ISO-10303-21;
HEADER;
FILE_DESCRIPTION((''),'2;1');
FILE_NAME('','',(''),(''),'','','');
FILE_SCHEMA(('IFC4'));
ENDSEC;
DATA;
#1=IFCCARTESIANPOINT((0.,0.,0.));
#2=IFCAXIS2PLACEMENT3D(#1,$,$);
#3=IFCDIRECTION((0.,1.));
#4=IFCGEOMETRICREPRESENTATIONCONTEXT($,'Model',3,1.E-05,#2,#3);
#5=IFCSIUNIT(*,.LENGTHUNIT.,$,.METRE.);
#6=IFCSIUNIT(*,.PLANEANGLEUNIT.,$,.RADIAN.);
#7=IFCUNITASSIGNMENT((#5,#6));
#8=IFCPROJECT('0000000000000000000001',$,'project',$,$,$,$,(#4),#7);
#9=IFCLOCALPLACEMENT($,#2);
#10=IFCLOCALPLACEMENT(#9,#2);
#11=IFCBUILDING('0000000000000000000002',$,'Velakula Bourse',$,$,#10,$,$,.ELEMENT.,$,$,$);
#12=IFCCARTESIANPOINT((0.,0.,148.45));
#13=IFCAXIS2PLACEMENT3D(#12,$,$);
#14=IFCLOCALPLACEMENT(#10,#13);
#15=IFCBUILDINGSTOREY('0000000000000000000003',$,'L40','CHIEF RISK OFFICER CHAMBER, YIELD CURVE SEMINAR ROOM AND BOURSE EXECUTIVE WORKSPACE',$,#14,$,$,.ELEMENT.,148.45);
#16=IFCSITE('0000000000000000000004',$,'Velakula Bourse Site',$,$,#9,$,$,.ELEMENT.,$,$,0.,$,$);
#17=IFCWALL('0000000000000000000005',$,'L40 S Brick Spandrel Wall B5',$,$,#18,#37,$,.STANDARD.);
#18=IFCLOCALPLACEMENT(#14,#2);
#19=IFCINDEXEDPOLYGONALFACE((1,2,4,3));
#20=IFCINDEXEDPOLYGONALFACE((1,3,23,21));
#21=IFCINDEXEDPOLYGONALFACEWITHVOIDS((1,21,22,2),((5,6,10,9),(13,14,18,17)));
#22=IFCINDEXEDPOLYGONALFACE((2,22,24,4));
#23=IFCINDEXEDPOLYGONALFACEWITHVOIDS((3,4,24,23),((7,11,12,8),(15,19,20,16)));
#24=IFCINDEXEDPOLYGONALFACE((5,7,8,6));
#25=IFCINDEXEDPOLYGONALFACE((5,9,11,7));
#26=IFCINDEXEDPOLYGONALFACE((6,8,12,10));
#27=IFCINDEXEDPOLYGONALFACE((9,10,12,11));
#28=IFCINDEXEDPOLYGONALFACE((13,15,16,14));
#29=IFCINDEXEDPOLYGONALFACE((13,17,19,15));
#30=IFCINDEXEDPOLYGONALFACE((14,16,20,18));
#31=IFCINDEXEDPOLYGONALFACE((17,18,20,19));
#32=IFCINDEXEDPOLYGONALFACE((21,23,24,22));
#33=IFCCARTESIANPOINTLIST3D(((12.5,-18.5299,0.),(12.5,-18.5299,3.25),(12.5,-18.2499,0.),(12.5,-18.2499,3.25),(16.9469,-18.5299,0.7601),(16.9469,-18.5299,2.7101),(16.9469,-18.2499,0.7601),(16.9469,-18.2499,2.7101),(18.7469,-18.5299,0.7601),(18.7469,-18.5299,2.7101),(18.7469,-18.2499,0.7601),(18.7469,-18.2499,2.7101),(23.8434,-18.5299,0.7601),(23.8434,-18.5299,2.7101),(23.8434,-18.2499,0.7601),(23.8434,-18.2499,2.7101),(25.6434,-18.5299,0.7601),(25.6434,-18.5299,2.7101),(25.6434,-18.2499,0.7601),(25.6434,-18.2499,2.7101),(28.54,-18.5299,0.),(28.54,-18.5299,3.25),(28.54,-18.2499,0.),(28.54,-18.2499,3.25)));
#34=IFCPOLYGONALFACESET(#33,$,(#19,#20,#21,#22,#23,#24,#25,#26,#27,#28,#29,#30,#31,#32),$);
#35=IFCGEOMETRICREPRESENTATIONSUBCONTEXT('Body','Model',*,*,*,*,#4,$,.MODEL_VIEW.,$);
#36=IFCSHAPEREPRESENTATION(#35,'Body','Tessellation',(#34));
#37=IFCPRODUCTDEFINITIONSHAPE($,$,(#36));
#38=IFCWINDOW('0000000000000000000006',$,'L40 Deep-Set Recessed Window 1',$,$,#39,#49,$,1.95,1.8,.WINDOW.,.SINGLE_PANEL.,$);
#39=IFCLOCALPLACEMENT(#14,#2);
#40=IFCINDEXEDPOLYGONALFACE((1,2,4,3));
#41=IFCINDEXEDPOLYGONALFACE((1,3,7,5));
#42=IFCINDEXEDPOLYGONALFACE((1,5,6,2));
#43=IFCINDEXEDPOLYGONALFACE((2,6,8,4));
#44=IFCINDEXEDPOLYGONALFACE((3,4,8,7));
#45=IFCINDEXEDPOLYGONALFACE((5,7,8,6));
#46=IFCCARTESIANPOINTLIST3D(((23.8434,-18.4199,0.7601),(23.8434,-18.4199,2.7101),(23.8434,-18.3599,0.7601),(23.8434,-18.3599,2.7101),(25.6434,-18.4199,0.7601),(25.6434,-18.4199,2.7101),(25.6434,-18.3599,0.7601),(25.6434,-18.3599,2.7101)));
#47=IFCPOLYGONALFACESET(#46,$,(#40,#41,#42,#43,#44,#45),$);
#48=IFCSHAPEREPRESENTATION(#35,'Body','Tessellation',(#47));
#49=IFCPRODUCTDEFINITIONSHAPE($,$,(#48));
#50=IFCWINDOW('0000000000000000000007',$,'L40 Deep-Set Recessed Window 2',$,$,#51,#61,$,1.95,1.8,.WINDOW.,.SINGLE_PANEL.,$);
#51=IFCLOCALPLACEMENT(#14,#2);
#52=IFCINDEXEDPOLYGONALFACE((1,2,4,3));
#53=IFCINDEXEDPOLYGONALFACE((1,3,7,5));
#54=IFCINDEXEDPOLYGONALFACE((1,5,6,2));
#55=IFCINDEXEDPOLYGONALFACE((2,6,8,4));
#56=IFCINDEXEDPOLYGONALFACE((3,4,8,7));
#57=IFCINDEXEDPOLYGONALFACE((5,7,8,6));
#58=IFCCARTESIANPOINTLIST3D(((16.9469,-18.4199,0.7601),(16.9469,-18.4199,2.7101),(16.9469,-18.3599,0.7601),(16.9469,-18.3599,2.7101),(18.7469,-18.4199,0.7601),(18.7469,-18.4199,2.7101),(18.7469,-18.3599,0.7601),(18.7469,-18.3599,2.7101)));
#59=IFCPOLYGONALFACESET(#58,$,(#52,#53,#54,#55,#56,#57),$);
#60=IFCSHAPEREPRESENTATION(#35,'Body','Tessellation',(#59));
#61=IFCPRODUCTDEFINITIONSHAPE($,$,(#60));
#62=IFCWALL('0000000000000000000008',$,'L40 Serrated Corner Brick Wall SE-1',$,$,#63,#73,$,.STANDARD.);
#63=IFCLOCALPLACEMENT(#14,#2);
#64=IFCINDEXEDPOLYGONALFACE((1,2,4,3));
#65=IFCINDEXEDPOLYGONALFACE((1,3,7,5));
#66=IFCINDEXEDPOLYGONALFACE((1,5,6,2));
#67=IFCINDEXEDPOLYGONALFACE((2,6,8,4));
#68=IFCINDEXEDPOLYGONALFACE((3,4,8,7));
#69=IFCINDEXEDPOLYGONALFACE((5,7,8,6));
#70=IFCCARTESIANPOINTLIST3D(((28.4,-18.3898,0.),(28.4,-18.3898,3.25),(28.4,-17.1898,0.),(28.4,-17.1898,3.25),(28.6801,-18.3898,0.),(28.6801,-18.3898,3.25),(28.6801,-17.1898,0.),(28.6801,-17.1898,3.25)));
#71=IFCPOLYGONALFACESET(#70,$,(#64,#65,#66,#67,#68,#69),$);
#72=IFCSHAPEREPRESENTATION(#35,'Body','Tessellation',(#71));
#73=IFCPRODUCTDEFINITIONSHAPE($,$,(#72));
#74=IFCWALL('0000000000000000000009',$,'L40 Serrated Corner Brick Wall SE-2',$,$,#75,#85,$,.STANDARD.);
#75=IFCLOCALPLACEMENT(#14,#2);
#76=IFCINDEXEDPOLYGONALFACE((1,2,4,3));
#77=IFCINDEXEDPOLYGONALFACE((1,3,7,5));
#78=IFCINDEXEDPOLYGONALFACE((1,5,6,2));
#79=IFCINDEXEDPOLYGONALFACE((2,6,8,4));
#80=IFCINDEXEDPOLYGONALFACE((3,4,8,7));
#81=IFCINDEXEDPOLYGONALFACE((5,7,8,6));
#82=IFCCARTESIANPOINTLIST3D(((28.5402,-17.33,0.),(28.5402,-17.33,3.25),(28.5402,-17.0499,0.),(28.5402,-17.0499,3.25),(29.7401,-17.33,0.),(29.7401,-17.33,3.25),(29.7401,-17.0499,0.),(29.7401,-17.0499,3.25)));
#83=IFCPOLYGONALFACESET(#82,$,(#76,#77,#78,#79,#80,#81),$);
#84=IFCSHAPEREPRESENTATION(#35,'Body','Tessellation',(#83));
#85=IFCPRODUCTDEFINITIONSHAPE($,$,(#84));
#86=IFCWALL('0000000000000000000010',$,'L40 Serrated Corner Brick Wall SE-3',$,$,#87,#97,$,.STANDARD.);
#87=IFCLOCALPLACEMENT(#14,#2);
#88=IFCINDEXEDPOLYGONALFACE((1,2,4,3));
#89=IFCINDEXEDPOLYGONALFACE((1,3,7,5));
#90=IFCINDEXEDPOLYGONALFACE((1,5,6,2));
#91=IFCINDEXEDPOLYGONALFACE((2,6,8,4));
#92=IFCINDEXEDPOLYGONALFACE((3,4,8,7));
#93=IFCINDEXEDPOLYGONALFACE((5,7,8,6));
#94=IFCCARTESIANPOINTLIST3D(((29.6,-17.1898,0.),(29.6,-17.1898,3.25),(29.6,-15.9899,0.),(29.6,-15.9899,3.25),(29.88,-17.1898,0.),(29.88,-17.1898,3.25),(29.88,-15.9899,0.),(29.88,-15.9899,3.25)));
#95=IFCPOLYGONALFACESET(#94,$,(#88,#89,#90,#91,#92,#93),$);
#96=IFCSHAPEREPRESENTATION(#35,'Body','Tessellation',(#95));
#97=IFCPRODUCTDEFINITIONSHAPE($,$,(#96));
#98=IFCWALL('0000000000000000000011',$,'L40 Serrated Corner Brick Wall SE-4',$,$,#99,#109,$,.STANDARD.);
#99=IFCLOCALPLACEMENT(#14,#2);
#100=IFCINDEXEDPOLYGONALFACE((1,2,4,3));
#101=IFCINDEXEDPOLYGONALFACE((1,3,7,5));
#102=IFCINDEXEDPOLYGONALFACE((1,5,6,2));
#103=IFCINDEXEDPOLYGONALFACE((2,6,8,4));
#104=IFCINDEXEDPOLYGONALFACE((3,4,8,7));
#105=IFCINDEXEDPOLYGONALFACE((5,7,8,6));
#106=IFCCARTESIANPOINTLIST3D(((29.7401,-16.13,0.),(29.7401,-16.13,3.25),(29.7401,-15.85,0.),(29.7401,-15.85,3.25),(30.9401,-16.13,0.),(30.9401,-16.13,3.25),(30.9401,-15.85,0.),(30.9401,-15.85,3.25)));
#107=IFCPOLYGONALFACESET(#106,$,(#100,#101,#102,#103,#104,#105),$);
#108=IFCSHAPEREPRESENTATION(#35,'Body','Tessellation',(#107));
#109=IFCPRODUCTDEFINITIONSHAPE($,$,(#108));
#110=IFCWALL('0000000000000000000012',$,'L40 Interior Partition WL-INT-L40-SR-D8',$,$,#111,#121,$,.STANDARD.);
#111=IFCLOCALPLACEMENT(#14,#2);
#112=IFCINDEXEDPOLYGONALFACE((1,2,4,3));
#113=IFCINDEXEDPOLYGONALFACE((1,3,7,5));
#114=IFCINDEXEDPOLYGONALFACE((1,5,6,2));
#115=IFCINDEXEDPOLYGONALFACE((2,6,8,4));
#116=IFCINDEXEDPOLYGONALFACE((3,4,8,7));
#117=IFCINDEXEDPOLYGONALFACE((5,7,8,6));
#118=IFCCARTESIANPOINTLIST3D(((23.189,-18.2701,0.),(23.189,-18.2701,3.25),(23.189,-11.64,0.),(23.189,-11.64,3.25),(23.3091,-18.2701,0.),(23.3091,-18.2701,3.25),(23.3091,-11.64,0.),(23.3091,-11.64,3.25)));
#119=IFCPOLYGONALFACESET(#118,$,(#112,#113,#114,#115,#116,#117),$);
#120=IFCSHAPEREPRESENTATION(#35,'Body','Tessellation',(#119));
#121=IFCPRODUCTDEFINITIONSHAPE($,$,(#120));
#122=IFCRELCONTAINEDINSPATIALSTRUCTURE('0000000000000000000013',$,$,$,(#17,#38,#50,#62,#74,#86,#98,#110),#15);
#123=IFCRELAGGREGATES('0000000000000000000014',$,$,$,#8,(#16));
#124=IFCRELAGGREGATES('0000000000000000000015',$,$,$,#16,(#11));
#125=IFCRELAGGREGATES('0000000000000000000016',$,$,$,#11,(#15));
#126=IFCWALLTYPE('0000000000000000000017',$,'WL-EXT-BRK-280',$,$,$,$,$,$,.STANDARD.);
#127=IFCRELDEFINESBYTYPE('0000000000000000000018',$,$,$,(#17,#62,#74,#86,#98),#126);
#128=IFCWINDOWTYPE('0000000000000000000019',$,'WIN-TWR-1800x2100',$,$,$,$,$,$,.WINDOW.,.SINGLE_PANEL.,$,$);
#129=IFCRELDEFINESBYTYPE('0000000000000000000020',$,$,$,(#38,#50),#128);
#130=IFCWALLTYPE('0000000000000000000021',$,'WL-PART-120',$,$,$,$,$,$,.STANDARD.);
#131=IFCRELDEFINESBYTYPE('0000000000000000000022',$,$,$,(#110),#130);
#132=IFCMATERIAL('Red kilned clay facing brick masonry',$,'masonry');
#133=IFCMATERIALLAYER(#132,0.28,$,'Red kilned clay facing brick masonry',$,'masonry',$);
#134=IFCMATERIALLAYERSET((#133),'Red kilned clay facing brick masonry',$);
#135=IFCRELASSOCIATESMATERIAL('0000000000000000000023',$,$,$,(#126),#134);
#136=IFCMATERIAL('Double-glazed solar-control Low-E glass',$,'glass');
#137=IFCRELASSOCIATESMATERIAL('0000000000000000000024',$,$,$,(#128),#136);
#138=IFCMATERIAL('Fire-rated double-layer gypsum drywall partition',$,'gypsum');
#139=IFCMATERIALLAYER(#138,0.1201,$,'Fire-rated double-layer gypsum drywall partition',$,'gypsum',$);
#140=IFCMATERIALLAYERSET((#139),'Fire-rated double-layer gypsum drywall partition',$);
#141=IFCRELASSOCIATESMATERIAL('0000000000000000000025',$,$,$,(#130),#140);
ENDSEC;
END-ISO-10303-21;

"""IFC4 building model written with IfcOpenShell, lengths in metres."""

from ifc_helpers import new_model, si_unit, direction, frame, frame_2d, origin, place, context, subcontext, project, spatial, rectangle, extrude, material, layer, layer_set, type_object, element, fill, save


model = new_model("IFC4")

# Units and contexts
model_context = context("Model", 3, precision=1e-05, world=origin(), true_north=direction((0.0, 1.0)))
body_context = subcontext(model_context, "Body", "Model", "MODEL_VIEW")
ifc_project = project(units=[si_unit("LENGTHUNIT", "METRE"), si_unit("PLANEANGLEUNIT", "RADIAN")], contexts=[model_context])

# Site, building, storey
site_placement = place(None, origin())
site = spatial("IfcSite", under=ifc_project, at=site_placement, Name="Velakula Bourse Site", CompositionType="ELEMENT", RefElevation=0.0)
building_placement = place(site_placement, origin())
building = spatial("IfcBuilding", under=site, at=building_placement, Name="Velakula Bourse", CompositionType="ELEMENT")
storey_placement = place(building_placement, frame((0.0, 0.0, 148.45)))
storey = spatial("IfcBuildingStorey", under=building, at=storey_placement, Name="L40", Description="CHIEF RISK OFFICER CHAMBER, YIELD CURVE SEMINAR ROOM AND BOURSE EXECUTIVE WORKSPACE", CompositionType="ELEMENT", Elevation=148.45)

# Wall, openings, windows
ifc_material_1 = material(Name="Red kilned clay facing brick masonry", Category="masonry")
ifc_layer_1 = layer(ifc_material_1, 0.28, Name="Red kilned clay facing brick masonry", Category="masonry")
ifc_layer_set_1 = layer_set([ifc_layer_1], Name="Red kilned clay facing brick masonry")
wall_type_1 = type_object("IfcWallType", Name="WL-EXT-BRK-280", PredefinedType="STANDARD", material=ifc_layer_set_1)
wall_1_placement = place(storey_placement, frame((28.54, -18.3899, 0.0), z_axis=(0.0, 0.0, 1.0), x_axis=(-1.0, 0.0, 0.0)))
wall_1 = element("IfcWall", 1, at=wall_1_placement, inside=storey, type_object=wall_type_1, Name="L40 S Brick Spandrel Wall B5", PredefinedType="STANDARD", context=body_context, shape_type="SweptSolid", body=[
    extrude(rectangle(XDim=16.04, YDim=0.28, at=frame_2d((8.02, 0.0))), origin(), (0.0, 0.0, 1.0), 3.25),
])
opening_1_placement = place(wall_1_placement, frame((2.8967, 0.0, 0.76)))
opening_1 = element("IfcOpeningElement", 2, at=opening_1_placement, cuts=wall_1, PredefinedType="OPENING", context=body_context, shape_type="SweptSolid", body=[
    extrude(rectangle(XDim=1.8, YDim=1.95, at=frame_2d((0.8999, 0.9751))), frame((0.0, 0.1499, 0.0), z_axis=(0.0, -1.0, 0.0), x_axis=(1.0, 0.0, 0.0)), (0.0, 0.0, 1.0), 0.3),
])
opening_2_placement = place(wall_1_placement, frame((9.7932, 0.0, 0.76)))
opening_2 = element("IfcOpeningElement", 3, at=opening_2_placement, cuts=wall_1, PredefinedType="OPENING", context=body_context, shape_type="SweptSolid", body=[
    extrude(rectangle(XDim=1.8, YDim=1.95, at=frame_2d((0.8999, 0.9751))), frame((0.0, 0.1499, 0.0), z_axis=(0.0, -1.0, 0.0), x_axis=(1.0, 0.0, 0.0)), (0.0, 0.0, 1.0), 0.3),
])
ifc_material_2 = material(Name="Double-glazed solar-control Low-E glass", Category="glass")
window_type = type_object("IfcWindowType", Name="WIN-TWR-1800x2100", PartitioningType="SINGLE_PANEL", PredefinedType="WINDOW", material=ifc_material_2)
window_1_placement = place(opening_1_placement, origin())
window_1 = element("IfcWindow", 4, at=window_1_placement, inside=storey, type_object=window_type, Name="L40 Deep-Set Recessed Window 1", OverallHeight=1.95, OverallWidth=1.8, PartitioningType="SINGLE_PANEL", PredefinedType="WINDOW", context=body_context, shape_type="SweptSolid", body=[
    extrude(rectangle(XDim=1.8, YDim=1.95, at=frame_2d((0.8999, 0.9751))), frame((0.0, 0.03, 0.0), z_axis=(0.0, -1.0, 0.0), x_axis=(1.0, 0.0, 0.0)), (0.0, 0.0, 1.0), 0.0601),
])
fill(opening_1, window_1)
window_2_placement = place(opening_2_placement, origin())
window_2 = element("IfcWindow", 5, at=window_2_placement, inside=storey, type_object=window_type, Name="L40 Deep-Set Recessed Window 2", OverallHeight=1.95, OverallWidth=1.8, PartitioningType="SINGLE_PANEL", PredefinedType="WINDOW", context=body_context, shape_type="SweptSolid", body=[
    extrude(rectangle(XDim=1.8, YDim=1.95, at=frame_2d((0.8999, 0.9751))), frame((0.0, 0.03, 0.0), z_axis=(0.0, -1.0, 0.0), x_axis=(1.0, 0.0, 0.0)), (0.0, 0.0, 1.0), 0.0601),
])
fill(opening_2, window_2)

# Walls
for number, where, z_axis, x_axis, name in (
    (6, (28.54, -18.3899, 0.0), (0.0, 0.0, 1.0), (0.0, 1.0, 0.0), "L40 Serrated Corner Brick Wall SE-1"),
    (7, (28.54, -17.1899, 0.0), (0.0, 0.0, 1.0), (1.0, 0.0, 0.0), "L40 Serrated Corner Brick Wall SE-2"),
    (8, (29.74, -17.1899, 0.0), (0.0, 0.0, 1.0), (0.0, 1.0, 0.0), "L40 Serrated Corner Brick Wall SE-3"),
    (9, (29.74, -15.99, 0.0), (0.0, 0.0, 1.0), (1.0, 0.0, 0.0), "L40 Serrated Corner Brick Wall SE-4"),
):
    element("IfcWall", number, at=place(storey_placement, frame(where, z_axis=z_axis, x_axis=x_axis)), inside=storey, type_object=wall_type_1, Name=name, PredefinedType="STANDARD", context=body_context, shape_type="SweptSolid", body=[
        extrude(rectangle(XDim=1.2, YDim=0.28, at=frame_2d((0.6001, 0.0))), origin(), (0.0, 0.0, 1.0), 3.25),
    ])
ifc_material_3 = material(Name="Fire-rated double-layer gypsum drywall partition", Category="gypsum")
ifc_layer_2 = layer(ifc_material_3, 0.1201, Name="Fire-rated double-layer gypsum drywall partition", Category="gypsum")
ifc_layer_set_2 = layer_set([ifc_layer_2], Name="Fire-rated double-layer gypsum drywall partition")
wall_type_2 = type_object("IfcWallType", Name="WL-PART-120", PredefinedType="STANDARD", material=ifc_layer_set_2)
wall_2_placement = place(storey_placement, frame((23.249, -18.27, 0.0), z_axis=(0.0, 0.0, 1.0), x_axis=(0.0, 1.0, 0.0)))
element("IfcWall", 10, at=wall_2_placement, inside=storey, type_object=wall_type_2, Name="L40 Interior Partition WL-INT-L40-SR-D8", PredefinedType="STANDARD", context=body_context, shape_type="SweptSolid", body=[
    extrude(rectangle(XDim=6.6301, YDim=0.1201, at=frame_2d((3.3149, 0.0))), origin(), (0.0, 0.0, 1.0), 3.25),
])

save(model, "model.ifc")
